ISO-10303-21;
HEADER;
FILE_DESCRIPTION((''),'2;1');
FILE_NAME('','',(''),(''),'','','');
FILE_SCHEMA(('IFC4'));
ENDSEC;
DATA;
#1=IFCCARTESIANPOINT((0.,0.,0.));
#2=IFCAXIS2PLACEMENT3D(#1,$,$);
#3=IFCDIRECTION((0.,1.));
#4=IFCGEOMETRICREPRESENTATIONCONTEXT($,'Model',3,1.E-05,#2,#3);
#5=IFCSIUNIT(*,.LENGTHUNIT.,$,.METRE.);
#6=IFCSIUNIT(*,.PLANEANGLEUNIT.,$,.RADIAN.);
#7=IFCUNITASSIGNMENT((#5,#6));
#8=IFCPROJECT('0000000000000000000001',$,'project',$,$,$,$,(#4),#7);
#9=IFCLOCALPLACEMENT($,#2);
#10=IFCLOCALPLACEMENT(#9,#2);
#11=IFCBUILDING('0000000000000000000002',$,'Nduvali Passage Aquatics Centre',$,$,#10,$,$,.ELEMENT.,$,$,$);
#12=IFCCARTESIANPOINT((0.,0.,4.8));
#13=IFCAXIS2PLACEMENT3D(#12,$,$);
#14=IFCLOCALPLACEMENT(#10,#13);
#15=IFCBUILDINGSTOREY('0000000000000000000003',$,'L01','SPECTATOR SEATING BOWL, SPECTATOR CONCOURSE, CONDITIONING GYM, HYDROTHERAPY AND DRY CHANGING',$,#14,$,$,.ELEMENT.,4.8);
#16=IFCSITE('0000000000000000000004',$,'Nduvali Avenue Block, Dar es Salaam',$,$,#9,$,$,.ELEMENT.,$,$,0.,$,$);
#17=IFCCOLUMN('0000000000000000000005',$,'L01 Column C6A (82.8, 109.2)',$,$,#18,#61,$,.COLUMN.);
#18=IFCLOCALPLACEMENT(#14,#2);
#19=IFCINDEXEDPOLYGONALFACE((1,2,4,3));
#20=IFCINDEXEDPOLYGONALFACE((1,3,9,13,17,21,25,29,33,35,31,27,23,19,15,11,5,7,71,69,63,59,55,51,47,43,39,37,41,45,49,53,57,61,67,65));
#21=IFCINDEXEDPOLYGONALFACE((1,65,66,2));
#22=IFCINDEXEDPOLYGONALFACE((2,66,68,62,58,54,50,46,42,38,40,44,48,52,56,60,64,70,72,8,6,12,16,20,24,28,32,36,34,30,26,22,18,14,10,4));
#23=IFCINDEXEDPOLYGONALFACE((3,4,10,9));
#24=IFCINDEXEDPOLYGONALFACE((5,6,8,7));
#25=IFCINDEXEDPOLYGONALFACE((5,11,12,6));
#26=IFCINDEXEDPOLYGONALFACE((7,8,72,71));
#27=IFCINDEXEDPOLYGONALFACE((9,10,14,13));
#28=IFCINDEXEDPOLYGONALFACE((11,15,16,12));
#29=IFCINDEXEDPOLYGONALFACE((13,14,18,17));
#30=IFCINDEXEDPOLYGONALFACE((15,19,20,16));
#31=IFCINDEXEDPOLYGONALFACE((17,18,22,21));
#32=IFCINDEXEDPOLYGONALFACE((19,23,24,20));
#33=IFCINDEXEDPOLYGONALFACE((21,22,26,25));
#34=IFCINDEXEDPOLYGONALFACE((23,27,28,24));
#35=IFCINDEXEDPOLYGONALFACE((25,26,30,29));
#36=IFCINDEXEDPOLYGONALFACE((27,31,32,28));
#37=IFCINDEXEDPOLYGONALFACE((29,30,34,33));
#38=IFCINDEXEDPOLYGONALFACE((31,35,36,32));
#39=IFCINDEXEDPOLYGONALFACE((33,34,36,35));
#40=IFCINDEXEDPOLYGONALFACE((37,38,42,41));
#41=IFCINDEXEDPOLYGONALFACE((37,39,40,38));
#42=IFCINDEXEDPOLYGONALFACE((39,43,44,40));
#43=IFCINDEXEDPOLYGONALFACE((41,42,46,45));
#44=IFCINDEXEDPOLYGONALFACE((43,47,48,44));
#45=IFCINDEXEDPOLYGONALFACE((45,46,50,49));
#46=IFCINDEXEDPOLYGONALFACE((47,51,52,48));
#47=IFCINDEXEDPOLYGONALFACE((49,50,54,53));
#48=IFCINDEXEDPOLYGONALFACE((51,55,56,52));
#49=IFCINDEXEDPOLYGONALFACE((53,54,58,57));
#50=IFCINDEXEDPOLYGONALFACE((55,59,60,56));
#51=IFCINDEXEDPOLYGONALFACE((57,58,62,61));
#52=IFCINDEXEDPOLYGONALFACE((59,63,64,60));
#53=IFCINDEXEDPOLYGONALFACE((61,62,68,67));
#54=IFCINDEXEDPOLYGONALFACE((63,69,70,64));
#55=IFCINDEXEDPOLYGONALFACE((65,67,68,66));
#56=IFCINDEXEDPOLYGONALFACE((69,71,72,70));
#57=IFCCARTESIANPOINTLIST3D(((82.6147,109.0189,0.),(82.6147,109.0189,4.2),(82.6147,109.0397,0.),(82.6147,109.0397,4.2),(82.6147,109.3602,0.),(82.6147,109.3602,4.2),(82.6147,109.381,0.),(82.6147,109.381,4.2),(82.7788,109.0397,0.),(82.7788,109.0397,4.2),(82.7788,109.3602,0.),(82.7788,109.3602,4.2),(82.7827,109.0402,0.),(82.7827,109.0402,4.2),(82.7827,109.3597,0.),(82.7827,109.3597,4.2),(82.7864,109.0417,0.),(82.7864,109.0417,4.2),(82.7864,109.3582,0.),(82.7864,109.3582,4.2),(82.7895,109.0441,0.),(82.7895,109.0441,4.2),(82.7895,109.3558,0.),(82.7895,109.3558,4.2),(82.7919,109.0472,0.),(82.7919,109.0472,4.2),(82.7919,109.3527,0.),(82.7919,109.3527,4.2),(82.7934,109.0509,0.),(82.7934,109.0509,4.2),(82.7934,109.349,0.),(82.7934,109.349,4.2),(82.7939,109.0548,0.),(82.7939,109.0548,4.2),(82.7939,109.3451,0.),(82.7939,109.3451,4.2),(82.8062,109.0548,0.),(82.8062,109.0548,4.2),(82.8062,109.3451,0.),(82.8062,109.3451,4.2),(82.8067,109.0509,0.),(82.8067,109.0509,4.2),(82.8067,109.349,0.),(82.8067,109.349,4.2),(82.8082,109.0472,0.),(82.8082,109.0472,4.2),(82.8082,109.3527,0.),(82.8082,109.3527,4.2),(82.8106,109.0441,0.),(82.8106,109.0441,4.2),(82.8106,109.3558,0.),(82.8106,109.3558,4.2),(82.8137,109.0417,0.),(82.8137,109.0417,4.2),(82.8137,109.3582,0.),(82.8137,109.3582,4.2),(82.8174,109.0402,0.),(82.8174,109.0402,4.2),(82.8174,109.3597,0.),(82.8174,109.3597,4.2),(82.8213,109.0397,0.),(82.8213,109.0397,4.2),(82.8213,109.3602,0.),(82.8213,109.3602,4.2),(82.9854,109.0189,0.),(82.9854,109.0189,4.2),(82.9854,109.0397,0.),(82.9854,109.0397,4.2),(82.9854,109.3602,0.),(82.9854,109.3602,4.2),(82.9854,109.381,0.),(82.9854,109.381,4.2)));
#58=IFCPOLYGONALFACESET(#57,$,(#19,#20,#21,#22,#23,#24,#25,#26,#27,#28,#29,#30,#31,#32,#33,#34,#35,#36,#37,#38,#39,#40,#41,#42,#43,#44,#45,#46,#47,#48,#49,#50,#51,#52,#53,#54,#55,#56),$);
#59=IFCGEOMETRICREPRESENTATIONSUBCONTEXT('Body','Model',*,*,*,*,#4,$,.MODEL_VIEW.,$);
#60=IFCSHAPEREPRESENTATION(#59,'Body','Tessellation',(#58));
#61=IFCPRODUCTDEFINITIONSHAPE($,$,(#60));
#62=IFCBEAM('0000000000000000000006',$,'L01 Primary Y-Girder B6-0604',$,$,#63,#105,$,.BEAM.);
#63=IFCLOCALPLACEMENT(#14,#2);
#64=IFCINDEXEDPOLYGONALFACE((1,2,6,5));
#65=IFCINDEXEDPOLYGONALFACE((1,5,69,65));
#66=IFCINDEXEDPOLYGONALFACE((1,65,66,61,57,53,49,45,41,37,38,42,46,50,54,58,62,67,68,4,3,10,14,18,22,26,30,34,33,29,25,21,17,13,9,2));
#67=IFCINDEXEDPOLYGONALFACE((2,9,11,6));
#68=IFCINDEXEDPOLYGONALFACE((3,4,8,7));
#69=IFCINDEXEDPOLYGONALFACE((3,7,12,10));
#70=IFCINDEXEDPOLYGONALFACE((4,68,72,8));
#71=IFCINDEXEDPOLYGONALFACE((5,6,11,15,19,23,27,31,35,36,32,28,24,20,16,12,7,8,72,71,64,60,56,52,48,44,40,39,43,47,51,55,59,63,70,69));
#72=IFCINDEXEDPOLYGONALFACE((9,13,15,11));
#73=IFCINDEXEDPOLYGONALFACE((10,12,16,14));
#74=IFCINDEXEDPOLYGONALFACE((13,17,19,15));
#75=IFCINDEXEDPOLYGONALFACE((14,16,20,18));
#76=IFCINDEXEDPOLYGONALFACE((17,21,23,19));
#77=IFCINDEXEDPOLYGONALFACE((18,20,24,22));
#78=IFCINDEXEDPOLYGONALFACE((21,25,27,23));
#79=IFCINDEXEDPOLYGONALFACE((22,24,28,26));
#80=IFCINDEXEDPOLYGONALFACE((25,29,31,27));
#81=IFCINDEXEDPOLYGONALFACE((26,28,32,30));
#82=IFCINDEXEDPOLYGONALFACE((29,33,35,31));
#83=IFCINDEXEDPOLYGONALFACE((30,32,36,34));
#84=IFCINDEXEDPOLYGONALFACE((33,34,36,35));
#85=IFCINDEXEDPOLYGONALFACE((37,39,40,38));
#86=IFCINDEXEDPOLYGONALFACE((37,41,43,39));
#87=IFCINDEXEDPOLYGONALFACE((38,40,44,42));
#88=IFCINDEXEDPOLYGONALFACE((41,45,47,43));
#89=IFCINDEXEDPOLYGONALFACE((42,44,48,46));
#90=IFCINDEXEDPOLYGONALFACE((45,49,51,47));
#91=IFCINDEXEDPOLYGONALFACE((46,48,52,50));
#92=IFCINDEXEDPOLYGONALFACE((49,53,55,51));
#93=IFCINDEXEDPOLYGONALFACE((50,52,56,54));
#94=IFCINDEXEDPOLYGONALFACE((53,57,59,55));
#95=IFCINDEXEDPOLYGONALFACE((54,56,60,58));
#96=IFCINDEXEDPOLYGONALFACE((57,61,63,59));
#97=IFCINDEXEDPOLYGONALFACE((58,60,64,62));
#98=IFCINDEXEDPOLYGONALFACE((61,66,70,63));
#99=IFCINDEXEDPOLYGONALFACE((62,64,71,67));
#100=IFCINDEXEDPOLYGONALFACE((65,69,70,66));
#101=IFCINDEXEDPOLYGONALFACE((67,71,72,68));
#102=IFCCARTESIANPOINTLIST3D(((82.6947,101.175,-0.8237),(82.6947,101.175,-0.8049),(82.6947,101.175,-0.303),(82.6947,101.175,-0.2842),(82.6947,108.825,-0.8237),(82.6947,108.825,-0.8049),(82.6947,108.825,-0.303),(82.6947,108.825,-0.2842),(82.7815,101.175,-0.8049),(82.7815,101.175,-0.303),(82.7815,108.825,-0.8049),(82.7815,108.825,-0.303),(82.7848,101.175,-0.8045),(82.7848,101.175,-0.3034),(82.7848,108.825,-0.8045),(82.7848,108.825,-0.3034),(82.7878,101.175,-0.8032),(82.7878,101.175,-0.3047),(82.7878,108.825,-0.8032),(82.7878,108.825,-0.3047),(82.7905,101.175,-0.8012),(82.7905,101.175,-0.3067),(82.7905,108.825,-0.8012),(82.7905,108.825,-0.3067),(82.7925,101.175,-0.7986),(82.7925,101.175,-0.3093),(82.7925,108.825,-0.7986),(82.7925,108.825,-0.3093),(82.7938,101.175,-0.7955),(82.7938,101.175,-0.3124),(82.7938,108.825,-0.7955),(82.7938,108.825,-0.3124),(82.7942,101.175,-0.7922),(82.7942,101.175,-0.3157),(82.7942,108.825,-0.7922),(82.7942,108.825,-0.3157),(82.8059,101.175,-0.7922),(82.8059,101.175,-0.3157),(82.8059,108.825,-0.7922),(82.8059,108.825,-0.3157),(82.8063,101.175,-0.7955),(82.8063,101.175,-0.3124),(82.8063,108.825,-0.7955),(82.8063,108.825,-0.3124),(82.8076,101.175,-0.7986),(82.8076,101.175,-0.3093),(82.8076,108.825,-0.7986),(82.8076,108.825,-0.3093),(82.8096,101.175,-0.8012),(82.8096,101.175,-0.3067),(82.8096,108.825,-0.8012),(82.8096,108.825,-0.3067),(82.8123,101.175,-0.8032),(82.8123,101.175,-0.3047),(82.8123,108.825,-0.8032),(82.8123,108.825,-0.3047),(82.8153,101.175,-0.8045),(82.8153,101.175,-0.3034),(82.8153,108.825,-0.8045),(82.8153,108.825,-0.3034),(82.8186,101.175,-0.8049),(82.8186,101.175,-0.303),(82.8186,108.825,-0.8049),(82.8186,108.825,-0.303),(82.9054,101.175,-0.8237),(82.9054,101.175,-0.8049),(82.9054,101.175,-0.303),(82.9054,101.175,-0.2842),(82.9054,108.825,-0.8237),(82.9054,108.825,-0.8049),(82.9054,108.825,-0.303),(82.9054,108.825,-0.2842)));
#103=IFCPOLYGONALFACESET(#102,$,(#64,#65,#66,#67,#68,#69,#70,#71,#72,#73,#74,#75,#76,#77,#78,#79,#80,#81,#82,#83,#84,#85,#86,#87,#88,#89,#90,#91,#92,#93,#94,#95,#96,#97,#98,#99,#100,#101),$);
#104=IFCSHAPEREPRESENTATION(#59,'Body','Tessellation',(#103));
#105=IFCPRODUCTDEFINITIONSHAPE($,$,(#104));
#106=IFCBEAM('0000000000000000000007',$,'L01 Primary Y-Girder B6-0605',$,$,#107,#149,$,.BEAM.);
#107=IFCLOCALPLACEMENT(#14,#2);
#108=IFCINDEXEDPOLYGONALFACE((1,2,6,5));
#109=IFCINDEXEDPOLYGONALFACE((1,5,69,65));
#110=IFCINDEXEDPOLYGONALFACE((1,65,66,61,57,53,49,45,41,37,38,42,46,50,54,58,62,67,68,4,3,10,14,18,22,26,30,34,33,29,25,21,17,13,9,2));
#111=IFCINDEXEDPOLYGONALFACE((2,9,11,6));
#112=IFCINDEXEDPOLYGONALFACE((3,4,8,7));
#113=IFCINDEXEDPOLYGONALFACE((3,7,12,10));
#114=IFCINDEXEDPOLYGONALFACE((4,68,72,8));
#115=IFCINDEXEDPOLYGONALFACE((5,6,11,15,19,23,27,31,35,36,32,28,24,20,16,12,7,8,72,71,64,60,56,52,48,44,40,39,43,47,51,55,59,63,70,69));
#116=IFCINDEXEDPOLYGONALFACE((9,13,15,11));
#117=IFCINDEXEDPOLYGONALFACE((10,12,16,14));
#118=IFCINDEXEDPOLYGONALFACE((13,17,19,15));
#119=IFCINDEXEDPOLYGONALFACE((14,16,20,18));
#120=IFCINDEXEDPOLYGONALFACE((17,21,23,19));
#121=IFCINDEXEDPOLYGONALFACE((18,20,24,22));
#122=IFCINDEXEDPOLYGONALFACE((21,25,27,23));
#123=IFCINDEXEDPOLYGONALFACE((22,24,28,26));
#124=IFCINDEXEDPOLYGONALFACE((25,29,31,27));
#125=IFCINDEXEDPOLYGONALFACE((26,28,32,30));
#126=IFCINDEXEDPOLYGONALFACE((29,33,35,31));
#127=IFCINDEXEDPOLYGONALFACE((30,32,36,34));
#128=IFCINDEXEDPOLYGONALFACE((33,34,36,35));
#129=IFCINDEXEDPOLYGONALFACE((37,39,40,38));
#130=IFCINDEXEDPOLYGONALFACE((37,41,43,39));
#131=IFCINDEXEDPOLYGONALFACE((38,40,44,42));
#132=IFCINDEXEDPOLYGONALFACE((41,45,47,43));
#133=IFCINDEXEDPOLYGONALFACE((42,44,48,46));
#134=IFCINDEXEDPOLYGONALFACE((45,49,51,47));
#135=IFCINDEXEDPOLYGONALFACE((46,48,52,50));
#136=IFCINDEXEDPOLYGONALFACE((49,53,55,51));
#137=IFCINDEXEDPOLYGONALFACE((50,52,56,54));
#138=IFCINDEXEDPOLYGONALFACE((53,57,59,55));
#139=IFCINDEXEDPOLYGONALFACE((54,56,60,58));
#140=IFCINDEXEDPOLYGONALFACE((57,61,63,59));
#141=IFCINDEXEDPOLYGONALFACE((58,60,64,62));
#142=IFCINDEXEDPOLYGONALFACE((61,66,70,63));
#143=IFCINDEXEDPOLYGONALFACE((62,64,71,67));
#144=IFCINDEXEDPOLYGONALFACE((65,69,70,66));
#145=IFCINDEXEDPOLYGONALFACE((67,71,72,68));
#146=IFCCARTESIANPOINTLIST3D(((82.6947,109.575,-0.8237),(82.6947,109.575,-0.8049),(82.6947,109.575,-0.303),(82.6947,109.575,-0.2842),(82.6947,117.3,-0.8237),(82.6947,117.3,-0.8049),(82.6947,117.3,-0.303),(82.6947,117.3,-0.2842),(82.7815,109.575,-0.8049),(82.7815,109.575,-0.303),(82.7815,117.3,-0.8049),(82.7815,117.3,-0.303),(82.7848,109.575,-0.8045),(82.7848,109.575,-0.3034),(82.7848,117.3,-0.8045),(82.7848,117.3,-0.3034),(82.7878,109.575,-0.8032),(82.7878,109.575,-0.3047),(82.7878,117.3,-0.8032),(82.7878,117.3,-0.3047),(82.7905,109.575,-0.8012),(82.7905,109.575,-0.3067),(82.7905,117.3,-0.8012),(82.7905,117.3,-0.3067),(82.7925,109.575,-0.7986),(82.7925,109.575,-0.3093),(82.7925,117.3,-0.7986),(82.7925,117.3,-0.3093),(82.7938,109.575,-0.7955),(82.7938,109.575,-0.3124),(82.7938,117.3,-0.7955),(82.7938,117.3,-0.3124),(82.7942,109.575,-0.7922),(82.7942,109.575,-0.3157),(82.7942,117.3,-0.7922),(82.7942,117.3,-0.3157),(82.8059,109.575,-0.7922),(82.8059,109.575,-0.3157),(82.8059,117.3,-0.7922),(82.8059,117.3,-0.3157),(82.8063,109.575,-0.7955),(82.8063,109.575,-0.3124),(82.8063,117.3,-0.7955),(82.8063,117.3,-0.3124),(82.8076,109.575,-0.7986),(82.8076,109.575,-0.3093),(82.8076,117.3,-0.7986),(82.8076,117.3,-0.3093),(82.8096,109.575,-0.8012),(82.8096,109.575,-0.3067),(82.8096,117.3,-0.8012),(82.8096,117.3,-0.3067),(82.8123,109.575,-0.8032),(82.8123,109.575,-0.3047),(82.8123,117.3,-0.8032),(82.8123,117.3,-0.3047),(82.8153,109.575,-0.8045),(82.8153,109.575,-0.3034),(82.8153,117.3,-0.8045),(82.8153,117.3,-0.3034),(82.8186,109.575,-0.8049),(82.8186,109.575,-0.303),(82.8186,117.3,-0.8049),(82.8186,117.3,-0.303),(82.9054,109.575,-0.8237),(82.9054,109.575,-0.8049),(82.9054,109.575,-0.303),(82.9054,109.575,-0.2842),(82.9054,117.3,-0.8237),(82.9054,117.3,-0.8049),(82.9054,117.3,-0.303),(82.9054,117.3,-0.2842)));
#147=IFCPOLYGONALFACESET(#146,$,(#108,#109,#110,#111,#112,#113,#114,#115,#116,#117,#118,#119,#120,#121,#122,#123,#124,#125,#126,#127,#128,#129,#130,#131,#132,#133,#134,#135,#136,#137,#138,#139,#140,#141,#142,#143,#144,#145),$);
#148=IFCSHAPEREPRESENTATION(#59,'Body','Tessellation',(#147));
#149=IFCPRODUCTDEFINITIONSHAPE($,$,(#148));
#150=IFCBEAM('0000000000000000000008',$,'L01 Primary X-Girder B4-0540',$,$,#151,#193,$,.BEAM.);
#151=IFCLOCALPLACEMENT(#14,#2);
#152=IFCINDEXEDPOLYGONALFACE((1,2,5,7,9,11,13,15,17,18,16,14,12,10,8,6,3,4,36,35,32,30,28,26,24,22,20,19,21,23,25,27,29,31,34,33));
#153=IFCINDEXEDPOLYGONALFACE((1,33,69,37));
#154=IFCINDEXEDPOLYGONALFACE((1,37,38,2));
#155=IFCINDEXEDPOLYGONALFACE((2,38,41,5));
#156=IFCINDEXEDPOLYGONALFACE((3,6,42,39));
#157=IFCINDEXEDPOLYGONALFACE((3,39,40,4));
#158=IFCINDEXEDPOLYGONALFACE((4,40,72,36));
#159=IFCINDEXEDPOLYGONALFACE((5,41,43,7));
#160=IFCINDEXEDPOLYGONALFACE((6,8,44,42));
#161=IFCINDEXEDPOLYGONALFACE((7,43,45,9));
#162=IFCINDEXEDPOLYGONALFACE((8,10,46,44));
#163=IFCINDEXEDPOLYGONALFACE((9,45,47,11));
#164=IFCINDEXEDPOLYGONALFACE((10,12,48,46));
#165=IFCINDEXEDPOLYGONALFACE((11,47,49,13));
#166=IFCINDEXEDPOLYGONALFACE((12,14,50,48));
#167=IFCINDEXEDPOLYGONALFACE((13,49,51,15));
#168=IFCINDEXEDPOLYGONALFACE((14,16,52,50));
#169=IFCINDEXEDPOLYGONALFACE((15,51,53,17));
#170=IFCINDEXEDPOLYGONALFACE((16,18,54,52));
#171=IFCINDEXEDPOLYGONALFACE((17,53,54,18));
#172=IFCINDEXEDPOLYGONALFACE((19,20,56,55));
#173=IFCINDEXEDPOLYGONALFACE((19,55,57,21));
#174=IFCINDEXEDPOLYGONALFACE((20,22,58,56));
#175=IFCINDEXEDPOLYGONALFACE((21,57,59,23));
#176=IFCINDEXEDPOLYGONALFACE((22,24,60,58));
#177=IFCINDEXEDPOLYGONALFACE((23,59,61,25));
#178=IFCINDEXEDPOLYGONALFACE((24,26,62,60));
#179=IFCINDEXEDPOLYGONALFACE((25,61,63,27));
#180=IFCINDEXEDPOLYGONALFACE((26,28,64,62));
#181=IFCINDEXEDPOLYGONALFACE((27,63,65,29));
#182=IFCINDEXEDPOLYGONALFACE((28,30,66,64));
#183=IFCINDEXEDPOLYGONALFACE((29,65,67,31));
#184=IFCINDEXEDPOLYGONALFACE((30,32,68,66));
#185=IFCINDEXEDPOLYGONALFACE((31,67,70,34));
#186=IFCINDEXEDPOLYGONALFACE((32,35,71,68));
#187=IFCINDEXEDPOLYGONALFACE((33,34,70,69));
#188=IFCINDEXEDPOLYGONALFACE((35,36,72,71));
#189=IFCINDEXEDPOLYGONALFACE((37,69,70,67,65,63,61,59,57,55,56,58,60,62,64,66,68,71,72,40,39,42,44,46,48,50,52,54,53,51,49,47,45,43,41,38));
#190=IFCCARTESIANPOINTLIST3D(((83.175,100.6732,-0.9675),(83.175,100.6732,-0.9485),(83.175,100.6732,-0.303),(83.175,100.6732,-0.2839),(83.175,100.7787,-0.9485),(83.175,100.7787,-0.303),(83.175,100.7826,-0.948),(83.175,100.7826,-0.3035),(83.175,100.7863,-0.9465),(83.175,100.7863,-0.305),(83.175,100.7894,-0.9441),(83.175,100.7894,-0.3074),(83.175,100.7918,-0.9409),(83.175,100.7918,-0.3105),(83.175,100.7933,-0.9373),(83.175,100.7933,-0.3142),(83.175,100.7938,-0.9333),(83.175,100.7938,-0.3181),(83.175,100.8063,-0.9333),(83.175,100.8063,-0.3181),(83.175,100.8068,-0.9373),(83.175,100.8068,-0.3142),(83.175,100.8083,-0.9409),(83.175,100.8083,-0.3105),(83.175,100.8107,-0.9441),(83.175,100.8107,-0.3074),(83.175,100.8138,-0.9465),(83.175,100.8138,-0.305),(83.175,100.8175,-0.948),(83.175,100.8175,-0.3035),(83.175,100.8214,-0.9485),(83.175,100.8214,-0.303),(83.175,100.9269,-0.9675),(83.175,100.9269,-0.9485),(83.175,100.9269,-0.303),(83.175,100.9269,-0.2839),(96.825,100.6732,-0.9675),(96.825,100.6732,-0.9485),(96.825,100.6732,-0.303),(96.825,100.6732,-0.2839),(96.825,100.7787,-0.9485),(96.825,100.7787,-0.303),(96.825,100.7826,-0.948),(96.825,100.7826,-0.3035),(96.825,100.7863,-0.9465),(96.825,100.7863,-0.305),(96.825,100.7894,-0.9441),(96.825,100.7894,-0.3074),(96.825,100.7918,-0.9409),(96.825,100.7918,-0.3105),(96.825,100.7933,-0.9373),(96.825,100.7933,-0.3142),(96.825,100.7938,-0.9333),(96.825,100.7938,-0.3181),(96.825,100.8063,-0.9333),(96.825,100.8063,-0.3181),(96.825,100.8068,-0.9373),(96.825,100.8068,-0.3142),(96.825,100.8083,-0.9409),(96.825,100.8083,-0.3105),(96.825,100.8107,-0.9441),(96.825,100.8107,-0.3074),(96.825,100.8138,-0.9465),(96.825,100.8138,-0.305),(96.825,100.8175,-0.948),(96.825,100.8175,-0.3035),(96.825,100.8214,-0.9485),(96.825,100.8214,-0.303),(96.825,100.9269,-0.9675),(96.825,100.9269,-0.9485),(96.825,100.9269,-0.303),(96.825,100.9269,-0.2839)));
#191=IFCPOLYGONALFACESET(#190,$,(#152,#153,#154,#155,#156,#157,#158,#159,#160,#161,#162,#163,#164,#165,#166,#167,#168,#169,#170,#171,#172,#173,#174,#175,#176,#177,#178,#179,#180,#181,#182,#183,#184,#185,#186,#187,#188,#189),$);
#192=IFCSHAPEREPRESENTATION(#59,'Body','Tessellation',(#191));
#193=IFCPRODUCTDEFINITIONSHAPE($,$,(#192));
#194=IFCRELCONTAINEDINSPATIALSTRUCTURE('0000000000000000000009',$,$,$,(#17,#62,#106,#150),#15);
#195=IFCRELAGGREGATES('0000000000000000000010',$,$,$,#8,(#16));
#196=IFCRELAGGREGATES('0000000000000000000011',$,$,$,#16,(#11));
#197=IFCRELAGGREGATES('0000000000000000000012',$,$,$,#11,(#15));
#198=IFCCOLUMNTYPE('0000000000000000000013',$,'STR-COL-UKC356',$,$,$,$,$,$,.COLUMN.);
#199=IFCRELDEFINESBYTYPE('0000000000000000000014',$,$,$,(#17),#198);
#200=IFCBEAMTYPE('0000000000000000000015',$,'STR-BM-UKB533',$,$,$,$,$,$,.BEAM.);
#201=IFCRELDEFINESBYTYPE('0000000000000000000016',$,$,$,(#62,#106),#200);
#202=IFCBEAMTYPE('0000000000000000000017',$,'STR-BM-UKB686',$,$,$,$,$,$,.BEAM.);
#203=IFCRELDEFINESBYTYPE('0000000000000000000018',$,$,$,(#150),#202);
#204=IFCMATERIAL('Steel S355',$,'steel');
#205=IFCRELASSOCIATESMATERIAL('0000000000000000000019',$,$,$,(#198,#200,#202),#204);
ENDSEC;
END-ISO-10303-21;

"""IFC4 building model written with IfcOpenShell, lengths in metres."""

from ifc_helpers import new_model, si_unit, direction, frame, origin, origin_2d, place, context, subcontext, project, spatial, i_section, extrude, material, material_profile, profile_set, type_object, element, save


model = new_model("IFC4")

# Units and contexts
model_context = context("Model", 3, precision=1e-05, world=origin(), true_north=direction((0.0, 1.0)))
body_context = subcontext(model_context, "Body", "Model", "MODEL_VIEW")
ifc_project = project(units=[si_unit("LENGTHUNIT", "METRE"), si_unit("PLANEANGLEUNIT", "RADIAN")], contexts=[model_context])

# Site, building, storey
site_placement = place(None, origin())
site = spatial("IfcSite", under=ifc_project, at=site_placement, Name="Nduvali Avenue Block, Dar es Salaam", CompositionType="ELEMENT", RefElevation=0.0)
building_placement = place(site_placement, origin())
building = spatial("IfcBuilding", under=site, at=building_placement, Name="Nduvali Passage Aquatics Centre", CompositionType="ELEMENT")
storey_placement = place(building_placement, frame((0.0, 0.0, 4.8)))
storey = spatial("IfcBuildingStorey", under=building, at=storey_placement, Name="L01", Description="SPECTATOR SEATING BOWL, SPECTATOR CONCOURSE, CONDITIONING GYM, HYDROTHERAPY AND DRY CHANGING", CompositionType="ELEMENT", Elevation=4.8)

# Column
ifc_material_1 = material(Name="Steel S355", Category="steel")
ifc_material_profile_1 = material_profile(ifc_material_1, i_section(OverallWidth=0.3706, OverallDepth=0.3621, WebThickness=0.0122, FlangeThickness=0.0208, FilletRadius=0.0151, at=origin_2d()), Name="UKC 356x368x153")
ifc_profile_set_1 = profile_set([ifc_material_profile_1], Name="Steel S355")
column_type = type_object("IfcColumnType", Name="STR-COL-UKC356", PredefinedType="COLUMN", material=ifc_profile_set_1)
column_placement = place(storey_placement, frame((82.8, 109.2, 0.0), z_axis=(0.0, 0.0, 1.0), x_axis=(1.0, 0.0, 0.0)))
element("IfcColumn", 1, at=column_placement, inside=storey, type_object=column_type, Name="L01 Column C6A (82.8, 109.2)", PredefinedType="COLUMN", context=body_context, shape_type="SweptSolid", body=[
    extrude(i_section(OverallWidth=0.3706, OverallDepth=0.3621, WebThickness=0.0122, FlangeThickness=0.0208, FilletRadius=0.0151, at=origin_2d()), origin(), (0.0, 0.0, 1.0), 4.2),
])

# Beams
ifc_material_profile_2 = material_profile(ifc_material_1, i_section(OverallWidth=0.2107, OverallDepth=0.5396, WebThickness=0.0117, FlangeThickness=0.0188, FilletRadius=0.0127, at=origin_2d()), Name="UKB 533x210x109")
ifc_profile_set_2 = profile_set([ifc_material_profile_2], Name="Steel S355")
beam_type_1 = type_object("IfcBeamType", Name="STR-BM-UKB533", PredefinedType="BEAM", material=ifc_profile_set_2)
beam_1_placement = place(storey_placement, frame((82.8, 101.175, -0.554), z_axis=(0.0, 1.0, 0.0), x_axis=(-1.0, 0.0, 0.0)))
element("IfcBeam", 2, at=beam_1_placement, inside=storey, type_object=beam_type_1, Name="L01 Primary Y-Girder B6-0604", PredefinedType="BEAM", context=body_context, shape_type="SweptSolid", body=[
    extrude(i_section(OverallWidth=0.2107, OverallDepth=0.5396, WebThickness=0.0117, FlangeThickness=0.0188, FilletRadius=0.0127, at=origin_2d()), origin(), (0.0, 0.0, 1.0), 7.6499),
])
beam_2_placement = place(storey_placement, frame((82.8, 109.575, -0.554), z_axis=(0.0, 1.0, 0.0), x_axis=(-1.0, 0.0, 0.0)))
element("IfcBeam", 3, at=beam_2_placement, inside=storey, type_object=beam_type_1, Name="L01 Primary Y-Girder B6-0605", PredefinedType="BEAM", context=body_context, shape_type="SweptSolid", body=[
    extrude(i_section(OverallWidth=0.2107, OverallDepth=0.5396, WebThickness=0.0117, FlangeThickness=0.0188, FilletRadius=0.0127, at=origin_2d()), origin(), (0.0, 0.0, 1.0), 7.7251),
])
ifc_material_profile_3 = material_profile(ifc_material_1, i_section(OverallWidth=0.2537, OverallDepth=0.6836, WebThickness=0.0125, FlangeThickness=0.019, FilletRadius=0.0151, at=origin_2d()), Name="UKB 686x254x140")
ifc_profile_set_3 = profile_set([ifc_material_profile_3], Name="Steel S355")
beam_type_2 = type_object("IfcBeamType", Name="STR-BM-UKB686", PredefinedType="BEAM", material=ifc_profile_set_3)
for number, where, z_axis, x_axis, name in (
    (4, (83.175, 100.8, -0.6257), (1.0, 0.0, 0.0), (0.0, 1.0, 0.0), "L01 Primary X-Girder B4-0540"),
):
    element("IfcBeam", number, at=place(storey_placement, frame(where, z_axis=z_axis, x_axis=x_axis)), inside=storey, type_object=beam_type_2, Name=name, PredefinedType="BEAM", context=body_context, shape_type="SweptSolid", body=[
        extrude(i_section(OverallWidth=0.2537, OverallDepth=0.6836, WebThickness=0.0125, FlangeThickness=0.019, FilletRadius=0.0151, at=origin_2d()), origin(), (0.0, 0.0, 1.0), 13.6499),
    ])

save(model, "model.ifc")
